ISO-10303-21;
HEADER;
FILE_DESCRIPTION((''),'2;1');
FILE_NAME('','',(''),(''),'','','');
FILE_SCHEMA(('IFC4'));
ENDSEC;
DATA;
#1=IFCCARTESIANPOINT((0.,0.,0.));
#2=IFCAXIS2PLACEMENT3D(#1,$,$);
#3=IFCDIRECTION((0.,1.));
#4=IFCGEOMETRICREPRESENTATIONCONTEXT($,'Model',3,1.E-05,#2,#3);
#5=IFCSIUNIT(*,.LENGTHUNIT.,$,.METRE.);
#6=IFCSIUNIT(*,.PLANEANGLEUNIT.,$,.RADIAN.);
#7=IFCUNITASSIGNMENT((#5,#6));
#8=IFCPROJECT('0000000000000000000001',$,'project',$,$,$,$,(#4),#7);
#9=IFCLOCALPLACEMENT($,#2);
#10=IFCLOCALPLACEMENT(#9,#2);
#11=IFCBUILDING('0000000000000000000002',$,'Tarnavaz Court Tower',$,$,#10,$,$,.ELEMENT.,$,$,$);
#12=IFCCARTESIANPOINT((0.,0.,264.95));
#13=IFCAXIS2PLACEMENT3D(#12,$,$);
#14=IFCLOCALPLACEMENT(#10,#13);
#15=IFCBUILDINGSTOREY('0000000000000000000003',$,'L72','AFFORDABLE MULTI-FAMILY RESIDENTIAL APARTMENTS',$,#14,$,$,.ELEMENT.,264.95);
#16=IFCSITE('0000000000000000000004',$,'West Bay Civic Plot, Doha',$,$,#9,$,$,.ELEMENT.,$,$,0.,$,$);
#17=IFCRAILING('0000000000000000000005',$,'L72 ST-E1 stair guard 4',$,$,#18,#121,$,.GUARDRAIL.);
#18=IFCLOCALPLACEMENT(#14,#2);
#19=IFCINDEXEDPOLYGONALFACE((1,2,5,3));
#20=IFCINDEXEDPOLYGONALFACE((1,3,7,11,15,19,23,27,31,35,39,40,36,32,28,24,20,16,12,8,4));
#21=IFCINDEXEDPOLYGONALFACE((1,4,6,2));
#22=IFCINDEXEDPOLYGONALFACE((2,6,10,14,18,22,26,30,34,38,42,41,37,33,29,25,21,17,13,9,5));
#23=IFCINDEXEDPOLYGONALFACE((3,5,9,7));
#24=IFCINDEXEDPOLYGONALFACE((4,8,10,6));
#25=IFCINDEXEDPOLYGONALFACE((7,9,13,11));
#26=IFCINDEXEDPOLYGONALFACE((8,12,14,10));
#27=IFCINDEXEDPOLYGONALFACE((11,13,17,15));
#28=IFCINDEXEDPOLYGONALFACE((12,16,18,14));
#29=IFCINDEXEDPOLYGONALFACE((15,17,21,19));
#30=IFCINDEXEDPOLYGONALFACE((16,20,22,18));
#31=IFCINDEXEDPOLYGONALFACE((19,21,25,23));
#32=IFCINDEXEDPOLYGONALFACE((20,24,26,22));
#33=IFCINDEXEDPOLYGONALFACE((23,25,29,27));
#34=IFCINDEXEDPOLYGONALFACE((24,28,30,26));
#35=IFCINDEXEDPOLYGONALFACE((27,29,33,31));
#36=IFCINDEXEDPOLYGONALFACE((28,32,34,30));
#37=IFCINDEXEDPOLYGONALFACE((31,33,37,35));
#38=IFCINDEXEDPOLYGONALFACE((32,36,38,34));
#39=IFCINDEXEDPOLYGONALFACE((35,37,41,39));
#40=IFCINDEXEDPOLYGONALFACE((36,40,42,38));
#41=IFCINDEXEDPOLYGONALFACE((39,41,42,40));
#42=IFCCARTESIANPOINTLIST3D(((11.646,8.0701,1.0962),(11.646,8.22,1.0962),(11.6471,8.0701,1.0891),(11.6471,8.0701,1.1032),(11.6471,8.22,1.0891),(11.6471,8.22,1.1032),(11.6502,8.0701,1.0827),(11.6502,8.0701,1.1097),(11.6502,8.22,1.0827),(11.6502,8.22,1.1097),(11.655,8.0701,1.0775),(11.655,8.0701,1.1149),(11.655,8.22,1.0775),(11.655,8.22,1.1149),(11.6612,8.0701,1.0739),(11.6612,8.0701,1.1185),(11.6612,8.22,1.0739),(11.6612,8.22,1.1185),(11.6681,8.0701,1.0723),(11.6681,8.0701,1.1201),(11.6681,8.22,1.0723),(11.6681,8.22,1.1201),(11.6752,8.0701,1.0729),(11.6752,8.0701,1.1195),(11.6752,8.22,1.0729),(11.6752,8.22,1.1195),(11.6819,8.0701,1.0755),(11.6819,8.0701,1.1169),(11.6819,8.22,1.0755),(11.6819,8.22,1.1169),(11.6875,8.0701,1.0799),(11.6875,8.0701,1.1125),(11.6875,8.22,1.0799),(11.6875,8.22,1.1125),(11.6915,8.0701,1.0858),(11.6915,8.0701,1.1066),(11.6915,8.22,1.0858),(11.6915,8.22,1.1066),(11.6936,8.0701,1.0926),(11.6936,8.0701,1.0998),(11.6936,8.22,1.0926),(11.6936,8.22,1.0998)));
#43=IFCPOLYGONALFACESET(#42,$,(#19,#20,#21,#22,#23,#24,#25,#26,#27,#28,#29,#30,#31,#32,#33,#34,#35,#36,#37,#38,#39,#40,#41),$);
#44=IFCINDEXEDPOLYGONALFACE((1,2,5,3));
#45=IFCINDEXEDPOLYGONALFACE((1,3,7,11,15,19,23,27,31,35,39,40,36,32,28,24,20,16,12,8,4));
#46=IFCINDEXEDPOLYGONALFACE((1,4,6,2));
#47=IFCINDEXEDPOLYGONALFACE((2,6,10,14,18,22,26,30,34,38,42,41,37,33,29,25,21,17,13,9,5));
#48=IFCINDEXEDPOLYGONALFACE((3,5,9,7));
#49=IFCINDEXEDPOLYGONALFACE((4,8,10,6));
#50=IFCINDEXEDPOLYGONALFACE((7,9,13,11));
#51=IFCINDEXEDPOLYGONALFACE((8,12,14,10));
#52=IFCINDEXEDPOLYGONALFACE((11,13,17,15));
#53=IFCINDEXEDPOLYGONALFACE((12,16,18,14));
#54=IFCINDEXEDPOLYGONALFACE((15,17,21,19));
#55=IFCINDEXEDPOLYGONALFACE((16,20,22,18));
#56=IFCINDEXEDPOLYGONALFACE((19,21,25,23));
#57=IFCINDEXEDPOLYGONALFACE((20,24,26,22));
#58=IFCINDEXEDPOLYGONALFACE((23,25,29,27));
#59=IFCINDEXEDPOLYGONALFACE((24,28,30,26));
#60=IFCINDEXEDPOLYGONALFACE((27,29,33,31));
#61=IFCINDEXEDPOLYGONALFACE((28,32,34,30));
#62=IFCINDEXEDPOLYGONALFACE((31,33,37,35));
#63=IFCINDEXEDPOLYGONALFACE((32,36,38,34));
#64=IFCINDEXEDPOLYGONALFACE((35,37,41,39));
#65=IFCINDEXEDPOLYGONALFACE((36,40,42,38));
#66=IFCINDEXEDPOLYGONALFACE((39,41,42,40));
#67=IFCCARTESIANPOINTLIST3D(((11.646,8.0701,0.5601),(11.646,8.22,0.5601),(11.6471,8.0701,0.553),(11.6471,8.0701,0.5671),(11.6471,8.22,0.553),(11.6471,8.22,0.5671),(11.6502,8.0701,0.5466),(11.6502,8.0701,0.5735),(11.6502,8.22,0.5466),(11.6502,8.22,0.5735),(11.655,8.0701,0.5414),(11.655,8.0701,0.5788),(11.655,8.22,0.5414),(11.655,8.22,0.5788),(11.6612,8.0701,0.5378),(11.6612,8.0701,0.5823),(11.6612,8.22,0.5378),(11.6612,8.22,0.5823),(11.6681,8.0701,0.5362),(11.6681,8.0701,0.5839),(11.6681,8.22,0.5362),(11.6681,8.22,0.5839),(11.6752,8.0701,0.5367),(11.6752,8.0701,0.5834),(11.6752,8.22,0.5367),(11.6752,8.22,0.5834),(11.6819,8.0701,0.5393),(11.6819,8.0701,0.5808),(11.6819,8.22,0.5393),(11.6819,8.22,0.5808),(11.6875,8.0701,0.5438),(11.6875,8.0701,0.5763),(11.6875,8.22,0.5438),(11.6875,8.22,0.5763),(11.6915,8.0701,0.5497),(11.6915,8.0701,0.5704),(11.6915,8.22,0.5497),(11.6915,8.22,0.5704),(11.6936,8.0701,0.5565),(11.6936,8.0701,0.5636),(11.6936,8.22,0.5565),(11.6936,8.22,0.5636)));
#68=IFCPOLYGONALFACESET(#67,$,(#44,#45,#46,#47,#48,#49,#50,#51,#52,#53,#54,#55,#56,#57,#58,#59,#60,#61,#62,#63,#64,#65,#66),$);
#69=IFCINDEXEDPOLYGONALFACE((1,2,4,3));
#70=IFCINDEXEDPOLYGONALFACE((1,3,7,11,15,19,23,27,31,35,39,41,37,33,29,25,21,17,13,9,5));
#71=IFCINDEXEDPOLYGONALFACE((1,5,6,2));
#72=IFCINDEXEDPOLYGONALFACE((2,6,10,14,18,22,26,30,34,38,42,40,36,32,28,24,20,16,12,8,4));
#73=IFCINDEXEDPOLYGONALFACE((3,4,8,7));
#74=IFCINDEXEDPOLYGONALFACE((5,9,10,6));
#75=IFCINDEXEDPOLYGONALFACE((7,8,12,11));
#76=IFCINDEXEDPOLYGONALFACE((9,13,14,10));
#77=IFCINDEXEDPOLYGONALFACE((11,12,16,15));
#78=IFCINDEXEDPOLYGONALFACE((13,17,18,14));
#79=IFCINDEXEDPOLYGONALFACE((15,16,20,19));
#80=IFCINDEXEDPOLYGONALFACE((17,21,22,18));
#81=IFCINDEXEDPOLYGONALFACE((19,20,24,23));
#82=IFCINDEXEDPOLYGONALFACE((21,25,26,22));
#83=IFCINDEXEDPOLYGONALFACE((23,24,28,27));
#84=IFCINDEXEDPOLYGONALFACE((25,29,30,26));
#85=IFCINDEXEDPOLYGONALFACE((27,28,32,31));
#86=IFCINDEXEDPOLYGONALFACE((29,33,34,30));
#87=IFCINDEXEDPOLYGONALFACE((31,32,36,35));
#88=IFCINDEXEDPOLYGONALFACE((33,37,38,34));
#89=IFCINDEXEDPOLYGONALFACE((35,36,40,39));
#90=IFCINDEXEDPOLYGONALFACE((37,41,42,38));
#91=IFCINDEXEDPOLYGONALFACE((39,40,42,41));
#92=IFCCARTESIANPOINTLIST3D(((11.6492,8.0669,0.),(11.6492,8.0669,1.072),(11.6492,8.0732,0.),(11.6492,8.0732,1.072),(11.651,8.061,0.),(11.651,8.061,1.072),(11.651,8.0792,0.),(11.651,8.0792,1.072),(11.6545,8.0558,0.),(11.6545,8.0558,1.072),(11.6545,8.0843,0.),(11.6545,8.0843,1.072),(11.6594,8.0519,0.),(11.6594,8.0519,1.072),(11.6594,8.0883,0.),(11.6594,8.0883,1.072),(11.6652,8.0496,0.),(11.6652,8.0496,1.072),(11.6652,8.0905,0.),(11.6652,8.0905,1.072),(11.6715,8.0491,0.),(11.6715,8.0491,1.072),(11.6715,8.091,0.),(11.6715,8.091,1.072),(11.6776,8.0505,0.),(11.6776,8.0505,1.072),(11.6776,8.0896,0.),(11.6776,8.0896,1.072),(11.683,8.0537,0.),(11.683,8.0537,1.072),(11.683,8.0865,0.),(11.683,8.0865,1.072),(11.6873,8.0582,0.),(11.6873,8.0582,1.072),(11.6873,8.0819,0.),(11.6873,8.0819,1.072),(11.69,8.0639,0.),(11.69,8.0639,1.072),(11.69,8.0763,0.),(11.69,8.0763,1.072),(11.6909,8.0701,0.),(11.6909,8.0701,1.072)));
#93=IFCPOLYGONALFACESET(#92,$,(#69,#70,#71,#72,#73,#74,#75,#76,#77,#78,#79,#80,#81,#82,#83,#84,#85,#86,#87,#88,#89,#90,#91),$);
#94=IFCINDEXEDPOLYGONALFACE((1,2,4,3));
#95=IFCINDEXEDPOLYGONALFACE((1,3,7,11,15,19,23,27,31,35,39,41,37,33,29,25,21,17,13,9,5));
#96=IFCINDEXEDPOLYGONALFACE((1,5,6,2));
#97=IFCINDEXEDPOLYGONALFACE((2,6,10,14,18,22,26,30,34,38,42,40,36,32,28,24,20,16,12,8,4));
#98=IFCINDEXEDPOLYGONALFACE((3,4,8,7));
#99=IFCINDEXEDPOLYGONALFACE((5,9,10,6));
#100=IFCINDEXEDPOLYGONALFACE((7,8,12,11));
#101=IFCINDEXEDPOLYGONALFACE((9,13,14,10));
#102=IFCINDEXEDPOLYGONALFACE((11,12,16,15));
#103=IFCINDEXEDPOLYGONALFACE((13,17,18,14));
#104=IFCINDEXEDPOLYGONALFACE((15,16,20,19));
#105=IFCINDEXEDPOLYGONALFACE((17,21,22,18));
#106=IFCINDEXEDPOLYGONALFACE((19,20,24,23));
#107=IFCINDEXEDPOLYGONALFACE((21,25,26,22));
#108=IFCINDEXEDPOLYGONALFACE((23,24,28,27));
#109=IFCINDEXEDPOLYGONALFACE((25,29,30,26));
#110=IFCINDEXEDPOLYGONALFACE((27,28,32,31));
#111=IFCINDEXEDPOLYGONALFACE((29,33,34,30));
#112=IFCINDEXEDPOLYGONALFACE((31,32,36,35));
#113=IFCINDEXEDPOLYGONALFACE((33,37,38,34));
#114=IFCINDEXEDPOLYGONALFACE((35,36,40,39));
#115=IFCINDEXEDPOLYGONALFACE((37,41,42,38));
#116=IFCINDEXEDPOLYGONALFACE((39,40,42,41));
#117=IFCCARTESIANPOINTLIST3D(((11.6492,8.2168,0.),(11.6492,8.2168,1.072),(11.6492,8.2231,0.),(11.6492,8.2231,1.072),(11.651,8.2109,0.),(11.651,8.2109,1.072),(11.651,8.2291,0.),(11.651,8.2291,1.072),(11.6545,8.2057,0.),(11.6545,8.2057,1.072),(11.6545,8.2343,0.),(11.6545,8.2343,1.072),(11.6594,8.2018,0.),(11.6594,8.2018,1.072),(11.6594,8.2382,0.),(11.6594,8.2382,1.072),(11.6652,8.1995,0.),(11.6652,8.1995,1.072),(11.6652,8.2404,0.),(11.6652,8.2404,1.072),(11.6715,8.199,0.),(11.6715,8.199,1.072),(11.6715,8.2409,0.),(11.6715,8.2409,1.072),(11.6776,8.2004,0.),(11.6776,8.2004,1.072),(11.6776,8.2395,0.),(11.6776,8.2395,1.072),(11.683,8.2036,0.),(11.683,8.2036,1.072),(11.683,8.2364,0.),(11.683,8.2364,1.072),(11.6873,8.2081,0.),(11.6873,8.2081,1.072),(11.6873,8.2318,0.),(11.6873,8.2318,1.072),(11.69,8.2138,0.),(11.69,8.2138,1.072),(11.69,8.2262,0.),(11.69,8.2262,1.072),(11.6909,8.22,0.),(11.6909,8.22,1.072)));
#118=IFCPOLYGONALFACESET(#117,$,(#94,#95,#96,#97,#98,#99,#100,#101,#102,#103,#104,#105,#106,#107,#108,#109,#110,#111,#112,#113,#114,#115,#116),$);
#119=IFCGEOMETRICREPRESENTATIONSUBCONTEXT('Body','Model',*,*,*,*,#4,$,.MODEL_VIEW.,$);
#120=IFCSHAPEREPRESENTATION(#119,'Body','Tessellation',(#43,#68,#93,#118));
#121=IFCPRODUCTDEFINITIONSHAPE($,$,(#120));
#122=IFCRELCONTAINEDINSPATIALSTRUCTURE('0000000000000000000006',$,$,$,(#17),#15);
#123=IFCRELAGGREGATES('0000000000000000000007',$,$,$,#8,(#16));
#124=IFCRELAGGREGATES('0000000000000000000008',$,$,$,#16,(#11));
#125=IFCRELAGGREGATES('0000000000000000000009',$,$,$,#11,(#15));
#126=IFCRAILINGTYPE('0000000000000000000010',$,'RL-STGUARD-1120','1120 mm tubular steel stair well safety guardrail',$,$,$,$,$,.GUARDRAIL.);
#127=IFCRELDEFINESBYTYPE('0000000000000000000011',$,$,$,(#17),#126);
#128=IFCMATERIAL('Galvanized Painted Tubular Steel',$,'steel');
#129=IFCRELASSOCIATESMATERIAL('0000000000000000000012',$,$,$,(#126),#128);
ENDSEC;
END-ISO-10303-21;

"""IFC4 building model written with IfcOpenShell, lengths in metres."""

from ifc_helpers import new_model, si_unit, direction, frame, origin, origin_2d, place, context, subcontext, project, spatial, circle, extrude, material, type_object, element, save


model = new_model("IFC4")

# Units and contexts
model_context = context("Model", 3, precision=1e-05, world=origin(), true_north=direction((0.0, 1.0)))
body_context = subcontext(model_context, "Body", "Model", "MODEL_VIEW")
ifc_project = project(units=[si_unit("LENGTHUNIT", "METRE"), si_unit("PLANEANGLEUNIT", "RADIAN")], contexts=[model_context])

# Site, building, storey
site_placement = place(None, origin())
site = spatial("IfcSite", under=ifc_project, at=site_placement, Name="West Bay Civic Plot, Doha", CompositionType="ELEMENT", RefElevation=0.0)
building_placement = place(site_placement, origin())
building = spatial("IfcBuilding", under=site, at=building_placement, Name="Tarnavaz Court Tower", CompositionType="ELEMENT")
storey_placement = place(building_placement, frame((0.0, 0.0, 264.95)))
storey = spatial("IfcBuildingStorey", under=building, at=storey_placement, Name="L72", Description="AFFORDABLE MULTI-FAMILY RESIDENTIAL APARTMENTS", CompositionType="ELEMENT", Elevation=264.95)

# Railing
ifc_material_1 = material(Name="Galvanized Painted Tubular Steel", Category="steel")
railing_type_1 = type_object("IfcRailingType", Name="RL-STGUARD-1120", Description="1120 mm tubular steel stair well safety guardrail", PredefinedType="GUARDRAIL", material=ifc_material_1)
railing_1_placement = place(storey_placement, frame((11.6699, 8.0701, 0.0)))
element("IfcRailing", 1, at=railing_1_placement, inside=storey, type_object=railing_type_1, Name="L72 ST-E1 stair guard 4", PredefinedType="GUARDRAIL", context=body_context, shape_type="SweptSolid", body=[
    extrude(circle(Radius=0.0239, at=origin_2d()), frame((0.0, 0.0, 1.0962), z_axis=(0.0, 1.0, 0.0), x_axis=(-1.0, 0.0, 0.0)), (0.0, 0.0, 1.0), 0.1499),
    extrude(circle(Radius=0.0239, at=origin_2d()), frame((0.0, 0.0, 0.5601), z_axis=(0.0, 1.0, 0.0), x_axis=(-1.0, 0.0, 0.0)), (0.0, 0.0, 1.0), 0.1499),
    extrude(circle(Radius=0.021, at=origin_2d()), origin(), (0.0, 0.0, 1.0), 1.072),
    extrude(circle(Radius=0.021, at=origin_2d()), frame((0.0, 0.1499, 0.0)), (0.0, 0.0, 1.0), 1.072),
])

save(model, "model.ifc")
